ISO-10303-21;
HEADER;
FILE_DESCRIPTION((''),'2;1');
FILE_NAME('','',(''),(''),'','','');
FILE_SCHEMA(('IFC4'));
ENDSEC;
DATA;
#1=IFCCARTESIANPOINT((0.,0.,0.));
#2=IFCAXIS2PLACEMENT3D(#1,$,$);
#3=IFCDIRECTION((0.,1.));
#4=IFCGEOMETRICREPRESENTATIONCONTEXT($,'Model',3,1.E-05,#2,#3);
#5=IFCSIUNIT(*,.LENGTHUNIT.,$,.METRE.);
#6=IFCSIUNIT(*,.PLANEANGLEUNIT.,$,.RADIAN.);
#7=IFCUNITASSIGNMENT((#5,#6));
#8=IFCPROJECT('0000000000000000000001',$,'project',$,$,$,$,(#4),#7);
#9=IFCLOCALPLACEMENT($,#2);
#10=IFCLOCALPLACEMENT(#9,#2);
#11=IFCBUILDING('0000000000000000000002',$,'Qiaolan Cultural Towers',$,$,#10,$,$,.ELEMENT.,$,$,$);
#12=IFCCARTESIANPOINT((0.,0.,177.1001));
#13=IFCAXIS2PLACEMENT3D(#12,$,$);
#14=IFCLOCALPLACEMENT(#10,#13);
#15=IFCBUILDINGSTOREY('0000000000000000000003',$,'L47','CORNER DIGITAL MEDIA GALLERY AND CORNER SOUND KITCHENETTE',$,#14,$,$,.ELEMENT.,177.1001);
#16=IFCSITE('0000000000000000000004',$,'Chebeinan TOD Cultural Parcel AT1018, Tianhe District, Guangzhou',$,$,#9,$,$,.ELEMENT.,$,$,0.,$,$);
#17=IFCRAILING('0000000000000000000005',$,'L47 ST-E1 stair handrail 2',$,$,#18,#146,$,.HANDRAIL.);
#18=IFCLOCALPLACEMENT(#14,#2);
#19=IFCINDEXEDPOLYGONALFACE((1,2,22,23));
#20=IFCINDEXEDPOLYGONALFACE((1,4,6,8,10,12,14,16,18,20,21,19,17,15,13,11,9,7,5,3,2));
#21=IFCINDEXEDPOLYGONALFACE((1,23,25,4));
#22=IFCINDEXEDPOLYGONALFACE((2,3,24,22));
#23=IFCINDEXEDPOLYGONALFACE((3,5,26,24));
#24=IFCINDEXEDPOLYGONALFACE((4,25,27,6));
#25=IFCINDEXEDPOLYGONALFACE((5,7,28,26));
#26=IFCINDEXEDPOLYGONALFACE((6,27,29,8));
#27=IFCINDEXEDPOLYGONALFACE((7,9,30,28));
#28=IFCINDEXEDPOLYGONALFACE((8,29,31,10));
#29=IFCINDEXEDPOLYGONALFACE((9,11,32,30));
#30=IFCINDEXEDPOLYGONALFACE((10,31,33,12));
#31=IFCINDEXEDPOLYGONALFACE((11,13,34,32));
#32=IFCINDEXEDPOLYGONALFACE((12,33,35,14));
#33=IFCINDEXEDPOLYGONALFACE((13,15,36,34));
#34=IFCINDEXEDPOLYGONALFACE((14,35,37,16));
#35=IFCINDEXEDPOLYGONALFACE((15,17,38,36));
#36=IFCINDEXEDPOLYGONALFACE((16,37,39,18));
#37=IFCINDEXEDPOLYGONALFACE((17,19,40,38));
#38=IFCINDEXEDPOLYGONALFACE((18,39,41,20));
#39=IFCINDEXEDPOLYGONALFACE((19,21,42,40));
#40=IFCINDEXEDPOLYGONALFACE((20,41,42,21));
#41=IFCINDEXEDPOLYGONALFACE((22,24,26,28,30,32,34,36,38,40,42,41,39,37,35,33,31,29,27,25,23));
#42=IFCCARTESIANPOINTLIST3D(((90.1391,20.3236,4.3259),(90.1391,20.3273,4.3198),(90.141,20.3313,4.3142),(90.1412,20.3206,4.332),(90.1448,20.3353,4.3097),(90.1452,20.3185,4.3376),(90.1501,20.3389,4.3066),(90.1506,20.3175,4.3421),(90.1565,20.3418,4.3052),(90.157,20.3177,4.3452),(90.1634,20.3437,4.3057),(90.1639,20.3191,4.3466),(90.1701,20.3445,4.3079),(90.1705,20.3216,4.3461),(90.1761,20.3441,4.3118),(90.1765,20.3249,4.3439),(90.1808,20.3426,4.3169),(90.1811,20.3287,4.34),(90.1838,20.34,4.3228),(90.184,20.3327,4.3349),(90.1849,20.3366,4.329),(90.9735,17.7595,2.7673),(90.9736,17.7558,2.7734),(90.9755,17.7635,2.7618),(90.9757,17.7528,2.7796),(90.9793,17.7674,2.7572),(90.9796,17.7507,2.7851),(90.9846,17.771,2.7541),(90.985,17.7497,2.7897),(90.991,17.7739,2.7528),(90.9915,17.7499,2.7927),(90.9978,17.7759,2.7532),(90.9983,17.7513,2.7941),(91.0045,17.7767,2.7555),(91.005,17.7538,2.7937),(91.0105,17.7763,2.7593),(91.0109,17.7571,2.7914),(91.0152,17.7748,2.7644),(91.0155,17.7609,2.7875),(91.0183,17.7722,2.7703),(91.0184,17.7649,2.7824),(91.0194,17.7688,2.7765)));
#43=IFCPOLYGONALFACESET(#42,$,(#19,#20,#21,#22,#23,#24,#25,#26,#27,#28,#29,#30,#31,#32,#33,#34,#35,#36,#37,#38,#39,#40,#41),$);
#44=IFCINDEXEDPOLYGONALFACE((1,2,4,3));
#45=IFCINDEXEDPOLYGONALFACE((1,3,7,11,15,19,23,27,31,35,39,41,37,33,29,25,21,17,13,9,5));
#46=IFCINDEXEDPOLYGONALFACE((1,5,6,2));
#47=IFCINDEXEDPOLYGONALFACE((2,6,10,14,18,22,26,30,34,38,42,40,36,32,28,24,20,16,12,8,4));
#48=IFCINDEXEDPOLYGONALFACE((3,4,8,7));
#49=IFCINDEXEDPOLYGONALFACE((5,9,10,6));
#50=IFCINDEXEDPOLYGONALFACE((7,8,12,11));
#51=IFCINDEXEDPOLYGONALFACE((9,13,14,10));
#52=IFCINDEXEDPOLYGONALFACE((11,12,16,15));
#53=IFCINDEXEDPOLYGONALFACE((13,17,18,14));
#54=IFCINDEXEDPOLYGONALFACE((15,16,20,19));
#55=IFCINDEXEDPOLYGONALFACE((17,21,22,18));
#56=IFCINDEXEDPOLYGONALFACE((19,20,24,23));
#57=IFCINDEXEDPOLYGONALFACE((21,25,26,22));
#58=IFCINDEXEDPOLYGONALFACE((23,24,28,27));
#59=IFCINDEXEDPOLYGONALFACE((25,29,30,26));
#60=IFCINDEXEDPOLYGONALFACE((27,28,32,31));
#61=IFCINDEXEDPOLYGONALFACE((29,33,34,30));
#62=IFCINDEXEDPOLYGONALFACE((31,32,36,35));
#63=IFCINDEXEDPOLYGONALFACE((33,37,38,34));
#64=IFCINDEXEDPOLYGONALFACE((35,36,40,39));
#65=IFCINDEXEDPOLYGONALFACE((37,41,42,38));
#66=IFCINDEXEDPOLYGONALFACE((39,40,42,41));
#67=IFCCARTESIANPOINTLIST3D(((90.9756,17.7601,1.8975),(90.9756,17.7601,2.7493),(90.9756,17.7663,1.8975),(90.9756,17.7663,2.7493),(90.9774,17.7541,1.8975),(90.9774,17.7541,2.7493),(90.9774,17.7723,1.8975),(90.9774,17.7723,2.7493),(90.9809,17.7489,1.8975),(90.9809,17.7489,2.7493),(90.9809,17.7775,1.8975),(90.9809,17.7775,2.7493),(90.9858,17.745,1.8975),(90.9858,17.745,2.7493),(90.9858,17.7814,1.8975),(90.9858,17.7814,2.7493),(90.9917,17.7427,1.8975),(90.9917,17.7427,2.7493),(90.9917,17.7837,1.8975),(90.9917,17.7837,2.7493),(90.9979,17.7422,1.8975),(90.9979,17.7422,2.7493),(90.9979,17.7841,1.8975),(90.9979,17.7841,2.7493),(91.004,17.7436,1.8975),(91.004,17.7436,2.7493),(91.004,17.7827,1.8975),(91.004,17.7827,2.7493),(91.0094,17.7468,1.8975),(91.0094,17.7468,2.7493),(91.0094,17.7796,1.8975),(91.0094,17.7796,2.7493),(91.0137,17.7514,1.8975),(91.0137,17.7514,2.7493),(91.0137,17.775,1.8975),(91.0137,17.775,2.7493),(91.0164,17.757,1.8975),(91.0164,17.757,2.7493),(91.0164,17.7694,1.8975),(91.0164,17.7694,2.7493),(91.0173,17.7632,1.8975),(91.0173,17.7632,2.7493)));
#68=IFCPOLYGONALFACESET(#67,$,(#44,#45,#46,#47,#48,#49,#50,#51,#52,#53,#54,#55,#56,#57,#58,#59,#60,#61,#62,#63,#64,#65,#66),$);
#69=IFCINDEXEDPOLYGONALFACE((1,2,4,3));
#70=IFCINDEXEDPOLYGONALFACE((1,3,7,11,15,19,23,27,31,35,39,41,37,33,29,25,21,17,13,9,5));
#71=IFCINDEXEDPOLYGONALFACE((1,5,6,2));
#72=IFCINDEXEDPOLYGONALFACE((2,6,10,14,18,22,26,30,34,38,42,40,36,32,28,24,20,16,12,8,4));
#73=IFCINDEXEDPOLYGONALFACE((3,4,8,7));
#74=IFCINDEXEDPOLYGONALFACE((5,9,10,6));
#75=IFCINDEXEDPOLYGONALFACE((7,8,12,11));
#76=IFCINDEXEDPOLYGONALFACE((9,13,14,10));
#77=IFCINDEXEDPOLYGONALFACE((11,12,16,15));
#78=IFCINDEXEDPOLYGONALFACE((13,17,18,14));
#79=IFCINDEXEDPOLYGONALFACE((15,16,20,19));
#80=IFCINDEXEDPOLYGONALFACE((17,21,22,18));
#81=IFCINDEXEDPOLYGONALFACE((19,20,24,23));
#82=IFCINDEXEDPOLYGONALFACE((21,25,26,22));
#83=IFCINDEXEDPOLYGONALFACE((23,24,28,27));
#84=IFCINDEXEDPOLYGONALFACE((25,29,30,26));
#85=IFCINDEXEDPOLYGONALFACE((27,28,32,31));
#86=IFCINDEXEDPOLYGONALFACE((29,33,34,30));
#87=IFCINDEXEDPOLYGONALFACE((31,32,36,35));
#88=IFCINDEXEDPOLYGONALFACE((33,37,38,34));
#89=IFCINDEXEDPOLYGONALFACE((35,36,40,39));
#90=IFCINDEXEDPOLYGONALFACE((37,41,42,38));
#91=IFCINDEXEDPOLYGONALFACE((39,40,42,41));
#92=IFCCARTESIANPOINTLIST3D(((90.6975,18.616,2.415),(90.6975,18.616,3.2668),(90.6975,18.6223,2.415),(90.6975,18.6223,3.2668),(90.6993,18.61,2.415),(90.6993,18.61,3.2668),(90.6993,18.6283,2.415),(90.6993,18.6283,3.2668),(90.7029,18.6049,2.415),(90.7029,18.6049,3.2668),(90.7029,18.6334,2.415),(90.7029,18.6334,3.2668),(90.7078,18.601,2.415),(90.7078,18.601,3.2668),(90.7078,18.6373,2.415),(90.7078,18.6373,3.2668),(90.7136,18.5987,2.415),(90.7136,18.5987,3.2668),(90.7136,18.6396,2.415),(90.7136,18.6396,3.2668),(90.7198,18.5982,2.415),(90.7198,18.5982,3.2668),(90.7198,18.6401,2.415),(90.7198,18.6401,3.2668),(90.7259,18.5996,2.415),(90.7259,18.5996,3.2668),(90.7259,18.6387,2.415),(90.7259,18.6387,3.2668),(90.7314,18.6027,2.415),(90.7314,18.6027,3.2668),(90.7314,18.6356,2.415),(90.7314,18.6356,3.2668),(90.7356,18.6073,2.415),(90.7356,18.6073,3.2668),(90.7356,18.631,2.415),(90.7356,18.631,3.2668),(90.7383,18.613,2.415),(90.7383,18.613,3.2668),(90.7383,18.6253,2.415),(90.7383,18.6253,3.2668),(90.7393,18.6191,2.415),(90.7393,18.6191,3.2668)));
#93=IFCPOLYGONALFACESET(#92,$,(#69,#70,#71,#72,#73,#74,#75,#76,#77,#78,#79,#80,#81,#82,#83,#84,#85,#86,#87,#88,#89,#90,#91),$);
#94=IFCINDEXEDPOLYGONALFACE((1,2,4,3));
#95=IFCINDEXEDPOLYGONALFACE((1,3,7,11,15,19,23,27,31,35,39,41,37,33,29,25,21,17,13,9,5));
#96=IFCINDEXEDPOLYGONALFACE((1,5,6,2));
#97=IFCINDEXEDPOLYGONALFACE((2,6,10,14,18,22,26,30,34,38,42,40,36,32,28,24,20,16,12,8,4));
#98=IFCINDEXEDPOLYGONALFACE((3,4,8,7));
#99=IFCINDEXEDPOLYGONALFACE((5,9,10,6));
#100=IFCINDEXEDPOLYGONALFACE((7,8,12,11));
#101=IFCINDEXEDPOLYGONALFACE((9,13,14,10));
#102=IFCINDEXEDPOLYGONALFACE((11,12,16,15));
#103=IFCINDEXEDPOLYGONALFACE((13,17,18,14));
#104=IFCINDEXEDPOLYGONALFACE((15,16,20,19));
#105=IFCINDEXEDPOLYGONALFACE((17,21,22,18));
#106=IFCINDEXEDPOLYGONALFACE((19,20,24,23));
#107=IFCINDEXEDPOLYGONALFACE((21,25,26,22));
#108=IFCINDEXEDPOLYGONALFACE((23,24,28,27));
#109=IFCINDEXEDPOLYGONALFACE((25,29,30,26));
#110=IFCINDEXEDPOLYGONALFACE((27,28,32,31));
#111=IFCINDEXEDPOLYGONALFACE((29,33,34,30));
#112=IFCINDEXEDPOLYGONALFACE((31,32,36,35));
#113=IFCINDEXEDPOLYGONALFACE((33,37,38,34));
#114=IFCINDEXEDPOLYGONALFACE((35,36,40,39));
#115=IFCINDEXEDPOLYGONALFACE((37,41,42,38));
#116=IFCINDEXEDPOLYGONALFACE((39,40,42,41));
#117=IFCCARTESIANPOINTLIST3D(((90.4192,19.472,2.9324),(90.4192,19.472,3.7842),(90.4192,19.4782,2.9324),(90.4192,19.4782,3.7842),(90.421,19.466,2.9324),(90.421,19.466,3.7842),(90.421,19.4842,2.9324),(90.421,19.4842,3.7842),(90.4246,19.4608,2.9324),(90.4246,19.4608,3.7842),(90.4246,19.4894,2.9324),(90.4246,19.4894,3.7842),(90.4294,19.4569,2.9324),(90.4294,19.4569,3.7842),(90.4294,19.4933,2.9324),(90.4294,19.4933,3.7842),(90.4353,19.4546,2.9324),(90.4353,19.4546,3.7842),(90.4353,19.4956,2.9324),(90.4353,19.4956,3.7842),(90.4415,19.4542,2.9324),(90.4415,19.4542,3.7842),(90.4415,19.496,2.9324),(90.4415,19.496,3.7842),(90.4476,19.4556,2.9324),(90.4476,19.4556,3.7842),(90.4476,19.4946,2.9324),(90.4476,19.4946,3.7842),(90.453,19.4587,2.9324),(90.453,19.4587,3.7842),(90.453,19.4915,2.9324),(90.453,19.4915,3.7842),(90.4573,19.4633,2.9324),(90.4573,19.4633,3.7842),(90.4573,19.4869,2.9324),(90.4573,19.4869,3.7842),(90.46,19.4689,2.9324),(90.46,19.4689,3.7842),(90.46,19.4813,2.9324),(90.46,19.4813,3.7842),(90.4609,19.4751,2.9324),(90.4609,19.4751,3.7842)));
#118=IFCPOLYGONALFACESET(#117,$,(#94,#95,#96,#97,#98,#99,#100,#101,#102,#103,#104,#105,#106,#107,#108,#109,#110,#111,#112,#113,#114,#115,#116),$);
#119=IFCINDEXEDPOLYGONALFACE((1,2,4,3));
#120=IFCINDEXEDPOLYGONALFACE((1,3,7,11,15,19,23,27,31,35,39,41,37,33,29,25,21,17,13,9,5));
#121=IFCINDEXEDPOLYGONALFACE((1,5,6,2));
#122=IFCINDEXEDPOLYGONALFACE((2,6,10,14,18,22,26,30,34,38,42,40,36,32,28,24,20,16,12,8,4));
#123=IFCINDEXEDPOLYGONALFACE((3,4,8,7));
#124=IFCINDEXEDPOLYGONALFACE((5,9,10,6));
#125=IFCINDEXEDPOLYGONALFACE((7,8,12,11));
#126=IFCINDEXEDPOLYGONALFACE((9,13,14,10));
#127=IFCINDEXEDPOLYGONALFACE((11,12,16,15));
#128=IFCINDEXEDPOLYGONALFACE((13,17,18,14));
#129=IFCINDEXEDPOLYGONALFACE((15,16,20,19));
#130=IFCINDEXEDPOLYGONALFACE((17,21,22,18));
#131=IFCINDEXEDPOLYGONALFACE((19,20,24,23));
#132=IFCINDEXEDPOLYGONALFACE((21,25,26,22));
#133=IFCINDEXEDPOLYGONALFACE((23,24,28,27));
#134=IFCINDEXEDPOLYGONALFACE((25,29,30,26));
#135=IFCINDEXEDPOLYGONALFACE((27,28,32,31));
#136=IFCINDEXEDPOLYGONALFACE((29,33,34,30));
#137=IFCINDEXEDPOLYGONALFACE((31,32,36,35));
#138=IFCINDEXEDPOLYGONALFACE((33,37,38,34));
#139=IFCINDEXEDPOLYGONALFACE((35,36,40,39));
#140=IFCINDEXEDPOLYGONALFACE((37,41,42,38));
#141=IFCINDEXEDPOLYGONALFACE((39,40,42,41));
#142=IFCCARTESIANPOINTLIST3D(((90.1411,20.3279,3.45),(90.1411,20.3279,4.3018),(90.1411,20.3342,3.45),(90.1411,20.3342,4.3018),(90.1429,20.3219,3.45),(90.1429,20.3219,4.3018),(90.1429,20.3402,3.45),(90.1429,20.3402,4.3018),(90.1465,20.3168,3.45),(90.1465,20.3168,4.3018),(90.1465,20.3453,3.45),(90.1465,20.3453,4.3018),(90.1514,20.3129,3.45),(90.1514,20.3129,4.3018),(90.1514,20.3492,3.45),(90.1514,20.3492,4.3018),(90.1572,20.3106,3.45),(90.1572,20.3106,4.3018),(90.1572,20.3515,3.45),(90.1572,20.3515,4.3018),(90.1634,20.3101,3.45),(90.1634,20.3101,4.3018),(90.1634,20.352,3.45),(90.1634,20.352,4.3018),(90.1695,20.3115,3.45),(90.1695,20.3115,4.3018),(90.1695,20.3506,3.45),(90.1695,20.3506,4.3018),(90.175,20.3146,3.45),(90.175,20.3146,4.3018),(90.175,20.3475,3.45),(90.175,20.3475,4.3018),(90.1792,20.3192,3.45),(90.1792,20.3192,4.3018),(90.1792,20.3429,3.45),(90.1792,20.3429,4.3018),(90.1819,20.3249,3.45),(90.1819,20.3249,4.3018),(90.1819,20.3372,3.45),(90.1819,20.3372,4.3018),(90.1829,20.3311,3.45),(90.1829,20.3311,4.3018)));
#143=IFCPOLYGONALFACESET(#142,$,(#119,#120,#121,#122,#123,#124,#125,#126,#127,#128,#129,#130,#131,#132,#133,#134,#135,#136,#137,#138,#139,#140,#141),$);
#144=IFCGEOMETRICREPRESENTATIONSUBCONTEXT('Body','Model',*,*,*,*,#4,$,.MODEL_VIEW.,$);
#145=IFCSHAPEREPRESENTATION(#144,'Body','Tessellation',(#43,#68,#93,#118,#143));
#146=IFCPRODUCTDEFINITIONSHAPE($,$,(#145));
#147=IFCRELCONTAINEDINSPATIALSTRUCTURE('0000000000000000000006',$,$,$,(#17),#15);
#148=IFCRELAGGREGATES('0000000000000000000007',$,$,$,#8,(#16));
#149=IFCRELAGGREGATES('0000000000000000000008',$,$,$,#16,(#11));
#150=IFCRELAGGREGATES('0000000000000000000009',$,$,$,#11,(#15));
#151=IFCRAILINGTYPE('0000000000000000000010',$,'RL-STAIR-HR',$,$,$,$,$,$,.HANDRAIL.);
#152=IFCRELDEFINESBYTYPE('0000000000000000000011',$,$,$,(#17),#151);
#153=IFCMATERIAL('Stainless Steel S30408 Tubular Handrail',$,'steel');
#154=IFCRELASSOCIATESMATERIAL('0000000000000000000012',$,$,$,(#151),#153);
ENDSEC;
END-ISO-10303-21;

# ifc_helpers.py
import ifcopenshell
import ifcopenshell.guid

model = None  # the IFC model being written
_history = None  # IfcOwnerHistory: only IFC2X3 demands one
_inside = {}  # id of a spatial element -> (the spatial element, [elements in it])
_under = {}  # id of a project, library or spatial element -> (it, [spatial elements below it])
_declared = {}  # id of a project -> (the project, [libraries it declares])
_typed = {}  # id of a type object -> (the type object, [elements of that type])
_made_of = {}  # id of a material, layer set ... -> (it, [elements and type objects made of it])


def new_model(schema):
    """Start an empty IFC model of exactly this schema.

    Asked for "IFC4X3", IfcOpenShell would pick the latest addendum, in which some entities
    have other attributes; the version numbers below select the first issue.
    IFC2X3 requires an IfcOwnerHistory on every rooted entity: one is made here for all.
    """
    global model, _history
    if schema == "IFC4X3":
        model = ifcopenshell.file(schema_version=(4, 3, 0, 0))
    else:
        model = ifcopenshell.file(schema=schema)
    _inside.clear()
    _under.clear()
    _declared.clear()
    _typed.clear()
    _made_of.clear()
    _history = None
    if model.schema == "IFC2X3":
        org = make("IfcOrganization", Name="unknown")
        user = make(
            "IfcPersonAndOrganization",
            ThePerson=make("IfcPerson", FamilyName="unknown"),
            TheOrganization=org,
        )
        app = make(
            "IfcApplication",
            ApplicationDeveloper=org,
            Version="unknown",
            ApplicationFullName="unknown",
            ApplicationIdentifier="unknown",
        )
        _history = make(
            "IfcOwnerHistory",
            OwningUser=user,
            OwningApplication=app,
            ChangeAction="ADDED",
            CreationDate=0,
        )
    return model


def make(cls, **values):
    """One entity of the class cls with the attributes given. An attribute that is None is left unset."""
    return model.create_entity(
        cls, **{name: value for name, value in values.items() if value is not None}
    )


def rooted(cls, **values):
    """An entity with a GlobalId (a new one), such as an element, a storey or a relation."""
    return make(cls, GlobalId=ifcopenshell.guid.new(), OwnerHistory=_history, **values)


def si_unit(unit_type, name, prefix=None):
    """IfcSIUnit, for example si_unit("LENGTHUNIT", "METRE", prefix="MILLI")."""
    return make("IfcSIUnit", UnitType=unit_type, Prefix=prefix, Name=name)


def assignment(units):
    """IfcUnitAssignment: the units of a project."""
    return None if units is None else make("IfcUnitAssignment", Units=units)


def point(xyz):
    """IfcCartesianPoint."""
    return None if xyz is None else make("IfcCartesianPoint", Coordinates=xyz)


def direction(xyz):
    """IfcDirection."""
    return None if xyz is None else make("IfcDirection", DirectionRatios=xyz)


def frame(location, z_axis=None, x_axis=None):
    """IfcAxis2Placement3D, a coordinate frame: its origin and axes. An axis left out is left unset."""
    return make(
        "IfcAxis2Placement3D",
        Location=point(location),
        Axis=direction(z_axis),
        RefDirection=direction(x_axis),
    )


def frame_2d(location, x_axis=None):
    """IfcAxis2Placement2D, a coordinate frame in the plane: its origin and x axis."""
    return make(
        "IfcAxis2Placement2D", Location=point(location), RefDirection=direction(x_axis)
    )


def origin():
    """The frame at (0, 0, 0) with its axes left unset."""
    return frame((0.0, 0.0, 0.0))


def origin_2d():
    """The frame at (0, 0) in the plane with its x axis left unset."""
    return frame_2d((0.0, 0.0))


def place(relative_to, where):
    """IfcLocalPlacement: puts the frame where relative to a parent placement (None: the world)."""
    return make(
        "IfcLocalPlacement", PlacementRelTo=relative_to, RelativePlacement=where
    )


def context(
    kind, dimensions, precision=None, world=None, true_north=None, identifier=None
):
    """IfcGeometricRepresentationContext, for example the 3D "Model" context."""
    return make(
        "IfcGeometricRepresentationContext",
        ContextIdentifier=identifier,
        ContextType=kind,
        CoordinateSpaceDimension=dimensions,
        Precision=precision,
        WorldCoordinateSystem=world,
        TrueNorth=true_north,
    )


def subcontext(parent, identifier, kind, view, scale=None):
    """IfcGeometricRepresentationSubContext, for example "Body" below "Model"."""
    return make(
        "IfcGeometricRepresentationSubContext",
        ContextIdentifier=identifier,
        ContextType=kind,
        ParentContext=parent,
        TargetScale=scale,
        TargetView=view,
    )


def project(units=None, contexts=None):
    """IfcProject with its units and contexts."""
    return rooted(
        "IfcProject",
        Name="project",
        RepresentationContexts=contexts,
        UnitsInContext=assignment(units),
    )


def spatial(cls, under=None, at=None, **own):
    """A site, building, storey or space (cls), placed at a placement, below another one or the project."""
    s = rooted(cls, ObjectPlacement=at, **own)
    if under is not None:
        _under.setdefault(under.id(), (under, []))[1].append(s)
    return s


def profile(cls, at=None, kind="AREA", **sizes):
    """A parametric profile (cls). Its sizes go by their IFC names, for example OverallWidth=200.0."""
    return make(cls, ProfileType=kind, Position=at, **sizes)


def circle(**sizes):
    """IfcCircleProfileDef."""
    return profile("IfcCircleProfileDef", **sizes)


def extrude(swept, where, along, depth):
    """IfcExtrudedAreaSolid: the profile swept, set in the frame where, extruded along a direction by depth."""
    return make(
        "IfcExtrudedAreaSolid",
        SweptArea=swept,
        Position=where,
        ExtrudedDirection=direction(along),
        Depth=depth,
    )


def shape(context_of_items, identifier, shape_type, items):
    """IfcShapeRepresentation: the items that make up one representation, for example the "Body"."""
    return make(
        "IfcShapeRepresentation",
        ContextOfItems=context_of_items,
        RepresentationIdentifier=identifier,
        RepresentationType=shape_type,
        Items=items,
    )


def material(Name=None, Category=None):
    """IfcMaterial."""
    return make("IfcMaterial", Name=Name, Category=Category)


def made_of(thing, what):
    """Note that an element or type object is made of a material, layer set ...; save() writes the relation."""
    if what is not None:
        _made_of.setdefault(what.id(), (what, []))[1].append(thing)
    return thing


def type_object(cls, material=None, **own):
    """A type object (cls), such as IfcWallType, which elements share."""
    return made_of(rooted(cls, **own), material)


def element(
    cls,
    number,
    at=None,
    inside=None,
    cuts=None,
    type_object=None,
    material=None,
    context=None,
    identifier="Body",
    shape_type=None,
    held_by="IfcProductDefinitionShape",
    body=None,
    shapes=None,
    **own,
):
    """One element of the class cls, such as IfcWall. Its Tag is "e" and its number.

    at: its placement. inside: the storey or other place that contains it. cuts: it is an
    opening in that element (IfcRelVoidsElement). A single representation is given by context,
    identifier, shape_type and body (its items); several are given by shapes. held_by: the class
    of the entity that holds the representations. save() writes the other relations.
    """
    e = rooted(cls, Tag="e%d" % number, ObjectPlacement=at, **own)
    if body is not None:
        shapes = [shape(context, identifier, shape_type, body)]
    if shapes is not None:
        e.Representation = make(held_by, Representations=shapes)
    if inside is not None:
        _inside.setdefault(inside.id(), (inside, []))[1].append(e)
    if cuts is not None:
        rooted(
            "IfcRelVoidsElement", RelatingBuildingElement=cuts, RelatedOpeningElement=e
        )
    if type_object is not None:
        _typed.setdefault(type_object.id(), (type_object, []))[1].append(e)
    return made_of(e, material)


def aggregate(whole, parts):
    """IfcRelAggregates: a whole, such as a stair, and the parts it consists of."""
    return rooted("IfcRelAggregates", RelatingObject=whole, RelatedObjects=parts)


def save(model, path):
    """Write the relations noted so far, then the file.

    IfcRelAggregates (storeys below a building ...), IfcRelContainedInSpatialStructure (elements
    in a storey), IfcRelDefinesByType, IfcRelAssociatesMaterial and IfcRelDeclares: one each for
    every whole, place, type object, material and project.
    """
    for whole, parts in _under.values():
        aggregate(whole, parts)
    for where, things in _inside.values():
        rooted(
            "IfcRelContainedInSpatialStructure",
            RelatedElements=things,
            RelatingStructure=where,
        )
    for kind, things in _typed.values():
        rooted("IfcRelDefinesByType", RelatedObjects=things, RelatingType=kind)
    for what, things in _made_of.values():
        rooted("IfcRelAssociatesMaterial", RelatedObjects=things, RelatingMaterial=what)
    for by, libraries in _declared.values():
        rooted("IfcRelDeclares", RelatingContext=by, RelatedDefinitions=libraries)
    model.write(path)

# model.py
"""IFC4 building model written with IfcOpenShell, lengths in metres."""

from ifc_helpers import new_model, si_unit, direction, frame, origin, origin_2d, place, context, subcontext, project, spatial, circle, extrude, material, type_object, element, save


model = new_model("IFC4")

# Units and contexts
model_context = context("Model", 3, precision=1e-05, world=origin(), true_north=direction((0.0, 1.0)))
body_context = subcontext(model_context, "Body", "Model", "MODEL_VIEW")
ifc_project = project(units=[si_unit("LENGTHUNIT", "METRE"), si_unit("PLANEANGLEUNIT", "RADIAN")], contexts=[model_context])

# Site, building, storey
site_placement = place(None, origin())
site = spatial("IfcSite", under=ifc_project, at=site_placement, Name="Chebeinan TOD Cultural Parcel AT1018, Tianhe District, Guangzhou", CompositionType="ELEMENT", RefElevation=0.0)
building_placement = place(site_placement, origin())
building = spatial("IfcBuilding", under=site, at=building_placement, Name="Qiaolan Cultural Towers", CompositionType="ELEMENT")
storey_placement = place(building_placement, frame((0.0, 0.0, 177.1001)))
storey = spatial("IfcBuildingStorey", under=building, at=storey_placement, Name="L47", Description="CORNER DIGITAL MEDIA GALLERY AND CORNER SOUND KITCHENETTE", CompositionType="ELEMENT", Elevation=177.1001)

# Railing
ifc_material_1 = material(Name="Stainless Steel S30408 Tubular Handrail", Category="steel")
railing_type = type_object("IfcRailingType", Name="RL-STAIR-HR", PredefinedType="HANDRAIL", material=ifc_material_1)
railing_placement = place(storey_placement, frame((90.9963, 17.7632, 1.8975)))
element("IfcRailing", 1, at=railing_placement, inside=storey, type_object=railing_type, Name="L47 ST-E1 stair handrail 2", PredefinedType="HANDRAIL", context=body_context, shape_type="SweptSolid", body=[
    extrude(circle(Radius=0.0239, at=origin_2d()), frame((0.0, 0.0, 0.876), z_axis=(-0.267926, 0.824471, 0.498461), x_axis=(-0.951043, -0.309057, 0.0)), (0.0, 0.0, 1.0), 3.1145),
    extrude(circle(Radius=0.021, at=origin_2d()), origin(), (0.0, 0.0, 1.0), 0.8518),
    extrude(circle(Radius=0.021, at=origin_2d()), frame((-0.2781, 0.856, 0.5176)), (0.0, 0.0, 1.0), 0.8518),
    extrude(circle(Radius=0.021, at=origin_2d()), frame((-0.5564, 1.7119, 1.0349)), (0.0, 0.0, 1.0), 0.8518),
    extrude(circle(Radius=0.021, at=origin_2d()), frame((-0.8345, 2.5679, 1.5525)), (0.0, 0.0, 1.0), 0.8518),
])

save(model, "model.ifc")
